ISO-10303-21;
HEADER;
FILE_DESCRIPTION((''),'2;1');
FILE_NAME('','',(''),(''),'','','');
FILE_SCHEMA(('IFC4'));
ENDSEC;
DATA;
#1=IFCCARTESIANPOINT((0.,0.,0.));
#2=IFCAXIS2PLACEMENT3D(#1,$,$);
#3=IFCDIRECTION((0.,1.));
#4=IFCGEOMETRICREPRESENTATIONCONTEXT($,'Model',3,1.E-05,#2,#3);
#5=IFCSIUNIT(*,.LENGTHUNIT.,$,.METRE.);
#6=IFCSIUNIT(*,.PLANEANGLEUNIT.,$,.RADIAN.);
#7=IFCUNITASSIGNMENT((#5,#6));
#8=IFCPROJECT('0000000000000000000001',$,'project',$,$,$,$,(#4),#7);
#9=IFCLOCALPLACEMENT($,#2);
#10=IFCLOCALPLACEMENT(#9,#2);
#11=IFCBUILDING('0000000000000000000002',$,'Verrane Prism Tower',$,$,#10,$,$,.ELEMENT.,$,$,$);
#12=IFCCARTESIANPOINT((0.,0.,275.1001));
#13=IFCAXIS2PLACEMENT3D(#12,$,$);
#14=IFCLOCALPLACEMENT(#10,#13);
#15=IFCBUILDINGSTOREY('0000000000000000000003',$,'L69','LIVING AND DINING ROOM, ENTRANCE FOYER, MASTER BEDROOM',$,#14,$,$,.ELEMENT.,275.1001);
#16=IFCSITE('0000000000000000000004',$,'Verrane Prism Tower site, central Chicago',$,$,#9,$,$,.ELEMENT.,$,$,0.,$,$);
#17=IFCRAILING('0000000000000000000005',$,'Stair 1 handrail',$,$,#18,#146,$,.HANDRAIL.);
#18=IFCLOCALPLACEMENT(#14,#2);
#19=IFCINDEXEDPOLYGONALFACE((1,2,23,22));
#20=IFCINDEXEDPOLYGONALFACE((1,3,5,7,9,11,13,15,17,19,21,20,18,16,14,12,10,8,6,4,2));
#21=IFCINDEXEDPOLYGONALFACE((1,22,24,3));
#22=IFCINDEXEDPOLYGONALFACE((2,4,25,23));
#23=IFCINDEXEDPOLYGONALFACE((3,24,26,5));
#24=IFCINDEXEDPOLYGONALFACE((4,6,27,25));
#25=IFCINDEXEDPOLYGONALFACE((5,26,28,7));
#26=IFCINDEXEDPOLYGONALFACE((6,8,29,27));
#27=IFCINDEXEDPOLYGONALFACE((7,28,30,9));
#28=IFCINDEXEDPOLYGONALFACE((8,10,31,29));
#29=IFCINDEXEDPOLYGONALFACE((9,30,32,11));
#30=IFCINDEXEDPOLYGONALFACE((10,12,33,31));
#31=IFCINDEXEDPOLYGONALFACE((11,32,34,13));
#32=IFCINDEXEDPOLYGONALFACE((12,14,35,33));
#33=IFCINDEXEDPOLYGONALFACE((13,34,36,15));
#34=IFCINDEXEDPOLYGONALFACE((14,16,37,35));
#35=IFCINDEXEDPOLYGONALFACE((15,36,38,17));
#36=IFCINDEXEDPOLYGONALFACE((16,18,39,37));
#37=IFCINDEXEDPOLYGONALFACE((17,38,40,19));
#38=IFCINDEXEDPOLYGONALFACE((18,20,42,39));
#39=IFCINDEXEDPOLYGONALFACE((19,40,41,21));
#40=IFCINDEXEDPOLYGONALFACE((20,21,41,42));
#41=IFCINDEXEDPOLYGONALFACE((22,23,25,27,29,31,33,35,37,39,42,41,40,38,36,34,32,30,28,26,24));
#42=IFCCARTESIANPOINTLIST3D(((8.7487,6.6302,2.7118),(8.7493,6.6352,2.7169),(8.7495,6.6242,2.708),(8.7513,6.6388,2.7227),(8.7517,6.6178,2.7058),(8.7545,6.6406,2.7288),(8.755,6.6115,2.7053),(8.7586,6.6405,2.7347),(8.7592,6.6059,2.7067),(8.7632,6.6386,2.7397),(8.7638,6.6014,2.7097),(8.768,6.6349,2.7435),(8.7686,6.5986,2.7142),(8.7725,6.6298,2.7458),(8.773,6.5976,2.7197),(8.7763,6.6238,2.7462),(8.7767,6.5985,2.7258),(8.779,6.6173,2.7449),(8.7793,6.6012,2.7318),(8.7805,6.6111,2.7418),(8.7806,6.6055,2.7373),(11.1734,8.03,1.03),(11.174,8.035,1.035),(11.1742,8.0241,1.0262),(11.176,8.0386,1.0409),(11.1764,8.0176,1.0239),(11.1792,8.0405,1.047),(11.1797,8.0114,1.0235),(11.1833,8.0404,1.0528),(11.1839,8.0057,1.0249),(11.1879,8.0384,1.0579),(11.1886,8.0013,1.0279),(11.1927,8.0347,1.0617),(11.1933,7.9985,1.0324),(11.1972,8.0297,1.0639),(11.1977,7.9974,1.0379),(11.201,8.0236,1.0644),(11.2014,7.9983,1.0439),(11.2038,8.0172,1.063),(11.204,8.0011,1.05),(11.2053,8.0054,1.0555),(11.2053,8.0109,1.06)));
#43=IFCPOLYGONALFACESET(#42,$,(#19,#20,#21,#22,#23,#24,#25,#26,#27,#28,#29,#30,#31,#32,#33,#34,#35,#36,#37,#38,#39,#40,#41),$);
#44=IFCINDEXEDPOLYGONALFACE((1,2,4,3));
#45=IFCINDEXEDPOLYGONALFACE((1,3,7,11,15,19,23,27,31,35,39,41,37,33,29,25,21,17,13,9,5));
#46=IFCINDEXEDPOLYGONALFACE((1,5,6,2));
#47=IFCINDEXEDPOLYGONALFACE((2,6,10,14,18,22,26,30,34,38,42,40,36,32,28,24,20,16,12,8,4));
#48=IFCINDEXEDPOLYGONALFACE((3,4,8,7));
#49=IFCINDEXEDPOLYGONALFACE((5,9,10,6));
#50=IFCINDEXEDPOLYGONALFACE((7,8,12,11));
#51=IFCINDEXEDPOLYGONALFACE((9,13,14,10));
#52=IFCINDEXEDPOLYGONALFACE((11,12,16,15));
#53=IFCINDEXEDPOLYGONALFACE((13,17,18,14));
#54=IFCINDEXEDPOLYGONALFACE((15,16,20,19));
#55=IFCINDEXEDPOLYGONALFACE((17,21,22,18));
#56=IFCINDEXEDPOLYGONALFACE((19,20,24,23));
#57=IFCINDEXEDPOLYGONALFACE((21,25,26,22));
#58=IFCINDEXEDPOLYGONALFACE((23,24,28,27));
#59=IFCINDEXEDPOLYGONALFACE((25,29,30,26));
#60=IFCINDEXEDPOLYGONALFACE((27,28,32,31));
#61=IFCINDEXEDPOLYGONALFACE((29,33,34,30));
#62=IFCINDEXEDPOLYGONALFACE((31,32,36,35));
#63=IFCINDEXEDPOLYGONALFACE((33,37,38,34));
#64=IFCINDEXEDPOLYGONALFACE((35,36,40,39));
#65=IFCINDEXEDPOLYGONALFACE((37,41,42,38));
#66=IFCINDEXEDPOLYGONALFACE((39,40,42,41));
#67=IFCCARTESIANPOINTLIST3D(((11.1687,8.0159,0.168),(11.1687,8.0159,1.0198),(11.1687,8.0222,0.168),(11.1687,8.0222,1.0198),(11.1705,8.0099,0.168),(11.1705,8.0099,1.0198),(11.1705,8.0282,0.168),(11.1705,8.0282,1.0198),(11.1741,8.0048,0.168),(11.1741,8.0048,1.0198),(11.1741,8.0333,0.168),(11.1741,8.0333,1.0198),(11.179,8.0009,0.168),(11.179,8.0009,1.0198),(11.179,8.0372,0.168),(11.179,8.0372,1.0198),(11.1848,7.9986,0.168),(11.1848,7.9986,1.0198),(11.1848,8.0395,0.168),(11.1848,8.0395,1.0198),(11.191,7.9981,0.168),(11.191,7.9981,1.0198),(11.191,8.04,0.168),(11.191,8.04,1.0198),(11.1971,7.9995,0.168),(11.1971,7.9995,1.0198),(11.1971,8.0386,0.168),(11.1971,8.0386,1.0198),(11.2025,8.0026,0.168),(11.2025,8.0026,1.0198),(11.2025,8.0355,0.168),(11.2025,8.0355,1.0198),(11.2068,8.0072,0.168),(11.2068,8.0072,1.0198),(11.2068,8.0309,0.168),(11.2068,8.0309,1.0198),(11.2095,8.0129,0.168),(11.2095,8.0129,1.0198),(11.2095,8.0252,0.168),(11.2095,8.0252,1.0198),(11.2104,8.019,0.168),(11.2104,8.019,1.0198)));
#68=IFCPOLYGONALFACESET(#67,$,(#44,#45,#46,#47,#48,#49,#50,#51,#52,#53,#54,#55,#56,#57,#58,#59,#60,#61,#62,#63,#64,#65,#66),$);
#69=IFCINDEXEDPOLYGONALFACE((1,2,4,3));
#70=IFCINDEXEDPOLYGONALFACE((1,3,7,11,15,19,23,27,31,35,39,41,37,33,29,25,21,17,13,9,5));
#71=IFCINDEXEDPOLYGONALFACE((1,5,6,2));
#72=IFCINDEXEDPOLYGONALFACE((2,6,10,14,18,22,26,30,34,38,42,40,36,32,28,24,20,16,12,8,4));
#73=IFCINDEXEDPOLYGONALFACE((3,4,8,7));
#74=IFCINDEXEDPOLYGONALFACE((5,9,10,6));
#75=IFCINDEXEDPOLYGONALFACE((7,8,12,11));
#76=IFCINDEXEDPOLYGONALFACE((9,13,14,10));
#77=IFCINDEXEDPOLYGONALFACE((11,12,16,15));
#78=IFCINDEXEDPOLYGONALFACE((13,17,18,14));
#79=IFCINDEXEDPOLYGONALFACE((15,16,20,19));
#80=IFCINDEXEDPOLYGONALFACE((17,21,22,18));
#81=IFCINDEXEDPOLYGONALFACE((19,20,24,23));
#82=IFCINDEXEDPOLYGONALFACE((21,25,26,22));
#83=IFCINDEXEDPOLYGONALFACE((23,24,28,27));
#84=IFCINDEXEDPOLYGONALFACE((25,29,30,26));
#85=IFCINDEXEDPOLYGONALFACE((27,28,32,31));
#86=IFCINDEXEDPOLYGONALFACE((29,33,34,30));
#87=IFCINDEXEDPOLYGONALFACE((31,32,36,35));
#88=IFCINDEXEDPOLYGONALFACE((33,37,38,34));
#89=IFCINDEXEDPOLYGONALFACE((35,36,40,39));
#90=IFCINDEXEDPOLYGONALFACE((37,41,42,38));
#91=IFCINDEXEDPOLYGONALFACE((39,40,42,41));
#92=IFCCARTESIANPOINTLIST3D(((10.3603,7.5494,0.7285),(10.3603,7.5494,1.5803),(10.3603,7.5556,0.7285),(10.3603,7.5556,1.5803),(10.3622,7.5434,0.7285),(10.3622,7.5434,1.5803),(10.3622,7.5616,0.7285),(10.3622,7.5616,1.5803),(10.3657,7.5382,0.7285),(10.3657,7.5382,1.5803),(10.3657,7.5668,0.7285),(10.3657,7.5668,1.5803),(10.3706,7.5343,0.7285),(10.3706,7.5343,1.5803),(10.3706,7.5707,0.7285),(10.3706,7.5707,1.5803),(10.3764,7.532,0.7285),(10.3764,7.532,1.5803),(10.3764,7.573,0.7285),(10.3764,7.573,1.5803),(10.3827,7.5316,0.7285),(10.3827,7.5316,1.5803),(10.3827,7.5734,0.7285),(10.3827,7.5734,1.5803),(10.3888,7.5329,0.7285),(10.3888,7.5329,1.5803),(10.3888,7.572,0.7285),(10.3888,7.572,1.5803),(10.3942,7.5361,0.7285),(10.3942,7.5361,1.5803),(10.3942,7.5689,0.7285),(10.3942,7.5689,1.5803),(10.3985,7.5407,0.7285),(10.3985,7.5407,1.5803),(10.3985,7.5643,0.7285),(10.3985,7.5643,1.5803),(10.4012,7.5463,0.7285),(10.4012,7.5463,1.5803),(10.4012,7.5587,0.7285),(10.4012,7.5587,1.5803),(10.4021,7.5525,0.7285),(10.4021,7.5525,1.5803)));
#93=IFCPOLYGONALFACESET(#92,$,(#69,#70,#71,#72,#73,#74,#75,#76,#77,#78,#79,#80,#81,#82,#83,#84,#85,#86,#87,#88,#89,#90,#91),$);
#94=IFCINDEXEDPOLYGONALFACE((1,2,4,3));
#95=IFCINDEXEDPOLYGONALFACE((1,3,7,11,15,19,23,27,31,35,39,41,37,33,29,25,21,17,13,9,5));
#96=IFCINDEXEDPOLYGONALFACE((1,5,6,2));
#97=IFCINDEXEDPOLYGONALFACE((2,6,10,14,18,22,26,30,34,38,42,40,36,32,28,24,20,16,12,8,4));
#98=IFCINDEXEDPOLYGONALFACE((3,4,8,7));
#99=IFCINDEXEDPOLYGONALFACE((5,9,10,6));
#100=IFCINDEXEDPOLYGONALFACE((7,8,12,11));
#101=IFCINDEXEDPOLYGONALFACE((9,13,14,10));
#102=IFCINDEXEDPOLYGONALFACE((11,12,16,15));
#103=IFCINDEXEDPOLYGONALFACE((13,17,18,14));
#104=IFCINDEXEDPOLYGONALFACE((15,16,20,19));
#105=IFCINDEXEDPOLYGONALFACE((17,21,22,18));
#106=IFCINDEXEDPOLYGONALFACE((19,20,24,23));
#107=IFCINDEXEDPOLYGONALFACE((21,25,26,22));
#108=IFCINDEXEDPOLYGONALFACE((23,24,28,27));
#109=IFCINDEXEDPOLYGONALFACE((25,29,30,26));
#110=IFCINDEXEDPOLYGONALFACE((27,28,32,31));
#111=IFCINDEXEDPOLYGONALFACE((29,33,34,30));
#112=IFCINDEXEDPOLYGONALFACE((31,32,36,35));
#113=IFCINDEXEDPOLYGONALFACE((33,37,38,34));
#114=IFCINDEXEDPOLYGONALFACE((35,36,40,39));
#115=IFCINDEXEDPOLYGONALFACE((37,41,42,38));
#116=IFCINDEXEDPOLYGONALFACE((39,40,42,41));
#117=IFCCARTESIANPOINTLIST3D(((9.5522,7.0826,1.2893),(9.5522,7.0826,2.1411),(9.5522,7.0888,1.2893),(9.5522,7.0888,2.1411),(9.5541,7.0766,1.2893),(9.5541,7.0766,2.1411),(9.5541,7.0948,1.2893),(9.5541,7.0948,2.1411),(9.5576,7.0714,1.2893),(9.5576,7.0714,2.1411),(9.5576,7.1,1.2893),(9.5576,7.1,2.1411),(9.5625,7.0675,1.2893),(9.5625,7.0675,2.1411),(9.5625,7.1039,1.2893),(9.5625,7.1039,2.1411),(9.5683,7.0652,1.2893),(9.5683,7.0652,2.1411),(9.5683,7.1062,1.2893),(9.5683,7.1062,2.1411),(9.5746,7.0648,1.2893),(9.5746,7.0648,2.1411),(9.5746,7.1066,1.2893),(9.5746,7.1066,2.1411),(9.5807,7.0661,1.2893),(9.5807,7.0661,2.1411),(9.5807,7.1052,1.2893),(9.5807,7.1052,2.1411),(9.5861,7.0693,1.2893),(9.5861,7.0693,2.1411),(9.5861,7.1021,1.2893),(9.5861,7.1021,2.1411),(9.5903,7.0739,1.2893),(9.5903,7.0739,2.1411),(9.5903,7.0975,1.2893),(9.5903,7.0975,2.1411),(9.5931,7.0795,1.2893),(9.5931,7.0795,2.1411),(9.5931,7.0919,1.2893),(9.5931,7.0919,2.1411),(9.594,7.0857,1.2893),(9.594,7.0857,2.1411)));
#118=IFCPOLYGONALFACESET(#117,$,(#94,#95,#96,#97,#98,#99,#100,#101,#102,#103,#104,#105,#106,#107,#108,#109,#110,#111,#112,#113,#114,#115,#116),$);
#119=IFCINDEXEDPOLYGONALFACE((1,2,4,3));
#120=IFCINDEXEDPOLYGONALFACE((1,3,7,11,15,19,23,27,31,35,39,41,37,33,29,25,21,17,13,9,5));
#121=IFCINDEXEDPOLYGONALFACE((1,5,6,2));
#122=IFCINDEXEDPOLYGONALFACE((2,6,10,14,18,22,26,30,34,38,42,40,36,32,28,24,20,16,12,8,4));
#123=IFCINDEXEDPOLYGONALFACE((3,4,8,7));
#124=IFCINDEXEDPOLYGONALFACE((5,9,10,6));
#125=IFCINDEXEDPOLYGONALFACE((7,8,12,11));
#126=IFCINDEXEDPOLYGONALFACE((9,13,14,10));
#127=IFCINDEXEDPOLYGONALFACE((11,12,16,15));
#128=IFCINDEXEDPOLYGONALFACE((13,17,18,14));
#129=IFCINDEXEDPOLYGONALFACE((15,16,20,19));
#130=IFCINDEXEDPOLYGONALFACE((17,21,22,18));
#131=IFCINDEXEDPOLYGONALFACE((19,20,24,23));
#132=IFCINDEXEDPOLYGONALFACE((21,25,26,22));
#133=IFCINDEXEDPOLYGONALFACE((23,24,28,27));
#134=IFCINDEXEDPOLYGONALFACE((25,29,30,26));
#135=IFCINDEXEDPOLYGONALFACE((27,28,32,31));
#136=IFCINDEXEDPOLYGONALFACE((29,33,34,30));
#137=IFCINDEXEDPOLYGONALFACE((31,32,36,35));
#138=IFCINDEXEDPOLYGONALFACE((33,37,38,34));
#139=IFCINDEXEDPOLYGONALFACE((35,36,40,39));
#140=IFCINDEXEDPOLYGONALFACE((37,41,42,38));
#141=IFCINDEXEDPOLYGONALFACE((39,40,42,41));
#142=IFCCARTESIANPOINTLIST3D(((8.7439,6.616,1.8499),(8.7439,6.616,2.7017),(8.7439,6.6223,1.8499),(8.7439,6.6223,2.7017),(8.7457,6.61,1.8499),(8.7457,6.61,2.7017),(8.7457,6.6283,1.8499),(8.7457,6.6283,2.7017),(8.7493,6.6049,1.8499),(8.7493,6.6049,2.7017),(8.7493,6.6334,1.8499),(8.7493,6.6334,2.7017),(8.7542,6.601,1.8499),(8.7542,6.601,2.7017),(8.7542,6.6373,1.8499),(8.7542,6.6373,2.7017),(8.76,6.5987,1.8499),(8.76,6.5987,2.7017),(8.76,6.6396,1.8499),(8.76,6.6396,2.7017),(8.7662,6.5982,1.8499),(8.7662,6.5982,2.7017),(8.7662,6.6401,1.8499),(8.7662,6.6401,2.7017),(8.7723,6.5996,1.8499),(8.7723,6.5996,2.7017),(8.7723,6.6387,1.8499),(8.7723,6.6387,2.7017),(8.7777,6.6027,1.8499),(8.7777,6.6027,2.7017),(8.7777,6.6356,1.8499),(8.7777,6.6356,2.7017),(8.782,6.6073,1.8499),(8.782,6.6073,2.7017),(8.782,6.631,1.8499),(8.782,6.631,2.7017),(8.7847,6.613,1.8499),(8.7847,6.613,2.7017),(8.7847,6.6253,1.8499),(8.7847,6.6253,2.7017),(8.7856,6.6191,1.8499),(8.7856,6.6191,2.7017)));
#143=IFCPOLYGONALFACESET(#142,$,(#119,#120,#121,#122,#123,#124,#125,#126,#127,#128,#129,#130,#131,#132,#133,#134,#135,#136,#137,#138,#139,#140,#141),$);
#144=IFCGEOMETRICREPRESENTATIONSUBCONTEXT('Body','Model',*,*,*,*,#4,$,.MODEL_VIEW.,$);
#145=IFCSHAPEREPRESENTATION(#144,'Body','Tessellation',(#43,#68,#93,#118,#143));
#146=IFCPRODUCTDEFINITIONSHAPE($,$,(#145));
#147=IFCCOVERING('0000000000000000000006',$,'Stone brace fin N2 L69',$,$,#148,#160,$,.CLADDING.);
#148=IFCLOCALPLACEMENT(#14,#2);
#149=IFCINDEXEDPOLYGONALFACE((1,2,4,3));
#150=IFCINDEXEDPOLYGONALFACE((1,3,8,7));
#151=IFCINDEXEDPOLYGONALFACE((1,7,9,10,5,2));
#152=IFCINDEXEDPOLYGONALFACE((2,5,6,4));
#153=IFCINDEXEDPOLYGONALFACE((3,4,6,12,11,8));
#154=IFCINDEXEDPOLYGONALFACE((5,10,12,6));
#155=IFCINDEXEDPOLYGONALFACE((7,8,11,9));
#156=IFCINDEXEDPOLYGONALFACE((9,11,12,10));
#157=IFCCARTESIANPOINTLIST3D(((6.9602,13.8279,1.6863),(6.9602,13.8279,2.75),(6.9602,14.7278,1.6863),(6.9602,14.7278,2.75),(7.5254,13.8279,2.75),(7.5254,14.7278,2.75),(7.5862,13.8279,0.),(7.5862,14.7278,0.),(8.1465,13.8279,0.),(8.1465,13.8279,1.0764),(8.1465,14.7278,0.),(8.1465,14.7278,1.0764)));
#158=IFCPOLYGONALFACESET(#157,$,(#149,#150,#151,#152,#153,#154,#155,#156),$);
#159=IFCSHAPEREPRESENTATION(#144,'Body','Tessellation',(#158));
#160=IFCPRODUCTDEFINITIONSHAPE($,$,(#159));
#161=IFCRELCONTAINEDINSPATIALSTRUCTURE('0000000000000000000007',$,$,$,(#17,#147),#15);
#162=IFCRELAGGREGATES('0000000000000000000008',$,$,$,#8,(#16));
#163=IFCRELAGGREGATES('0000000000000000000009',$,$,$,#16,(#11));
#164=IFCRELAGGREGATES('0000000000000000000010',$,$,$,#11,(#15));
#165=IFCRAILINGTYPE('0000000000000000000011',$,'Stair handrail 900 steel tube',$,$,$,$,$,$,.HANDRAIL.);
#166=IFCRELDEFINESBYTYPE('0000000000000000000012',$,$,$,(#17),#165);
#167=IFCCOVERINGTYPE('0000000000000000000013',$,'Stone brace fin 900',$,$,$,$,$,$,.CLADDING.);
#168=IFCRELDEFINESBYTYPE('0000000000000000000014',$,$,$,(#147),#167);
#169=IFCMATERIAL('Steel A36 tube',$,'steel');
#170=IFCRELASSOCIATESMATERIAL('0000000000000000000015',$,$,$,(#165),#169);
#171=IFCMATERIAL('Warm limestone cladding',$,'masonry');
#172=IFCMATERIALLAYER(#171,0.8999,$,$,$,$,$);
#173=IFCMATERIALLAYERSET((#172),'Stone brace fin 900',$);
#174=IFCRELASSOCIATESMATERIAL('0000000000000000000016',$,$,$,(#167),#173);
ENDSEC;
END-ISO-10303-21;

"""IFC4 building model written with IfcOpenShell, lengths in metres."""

from ifc_helpers import new_model, si_unit, direction, frame, origin, origin_2d, place, context, subcontext, project, spatial, polyline, circle, outline, extrude, material, layer, layer_set, type_object, element, save


model = new_model("IFC4")

# Units and contexts
model_context = context("Model", 3, precision=1e-05, world=origin(), true_north=direction((0.0, 1.0)))
body_context = subcontext(model_context, "Body", "Model", "MODEL_VIEW")
ifc_project = project(units=[si_unit("LENGTHUNIT", "METRE"), si_unit("PLANEANGLEUNIT", "RADIAN")], contexts=[model_context])

# Site, building, storey
site_placement = place(None, origin())
site = spatial("IfcSite", under=ifc_project, at=site_placement, Name="Verrane Prism Tower site, central Chicago", CompositionType="ELEMENT", RefElevation=0.0)
building_placement = place(site_placement, origin())
building = spatial("IfcBuilding", under=site, at=building_placement, Name="Verrane Prism Tower", CompositionType="ELEMENT")
storey_placement = place(building_placement, frame((0.0, 0.0, 275.1001)))
storey = spatial("IfcBuildingStorey", under=building, at=storey_placement, Name="L69", Description="LIVING AND DINING ROOM, ENTRANCE FOYER, MASTER BEDROOM", CompositionType="ELEMENT", Elevation=275.1001)

# Railing
ifc_material_1 = material(Name="Steel A36 tube", Category="steel")
railing_type_1 = type_object("IfcRailingType", Name="Stair handrail 900 steel tube", PredefinedType="HANDRAIL", material=ifc_material_1)
railing_1_placement = place(storey_placement, frame((11.1895, 8.019, 0.168)))
element("IfcRailing", 1, at=railing_1_placement, inside=storey, type_object=railing_type_1, Name="Stair 1 handrail", PredefinedType="HANDRAIL", context=body_context, shape_type="SweptSolid", body=[
    extrude(circle(Radius=0.0239, at=origin_2d()), frame((0.0, 0.0, 0.876), z_axis=(-0.74239, -0.428601, 0.514934), x_axis=(0.499984, -0.866035, 0.0)), (0.0, 0.0, 1.0), 3.2661),
    extrude(circle(Radius=0.021, at=origin_2d()), origin(), (0.0, 0.0, 1.0), 0.8518),
    extrude(circle(Radius=0.021, at=origin_2d()), frame((-0.8083, -0.4666, 0.5605)), (0.0, 0.0, 1.0), 0.8518),
    extrude(circle(Radius=0.021, at=origin_2d()), frame((-1.6165, -0.9333, 1.1213)), (0.0, 0.0, 1.0), 0.8518),
    extrude(circle(Radius=0.021, at=origin_2d()), frame((-2.4248, -1.3999, 1.6819)), (0.0, 0.0, 1.0), 0.8518),
])

# Covering
ifc_material_2 = material(Name="Warm limestone cladding", Category="masonry")
ifc_layer_1 = layer(ifc_material_2, 0.8999)
ifc_layer_set_1 = layer_set([ifc_layer_1], Name="Stone brace fin 900")
covering_type = type_object("IfcCoveringType", Name="Stone brace fin 900", PredefinedType="CLADDING", material=ifc_layer_set_1)
covering_placement = place(storey_placement, frame((8.1465, 14.2778, 0.0), z_axis=(0.0, 0.0, 1.0), x_axis=(-1.0, 0.0, 0.0)))
element("IfcCovering", 2, at=covering_placement, inside=storey, type_object=covering_type, Name="Stone brace fin N2 L69", PredefinedType="CLADDING", context=body_context, shape_type="SweptSolid", body=[
    extrude(outline(polyline([(1.1863, 2.75), (0.6211, 2.75), (0.0, 1.0764), (0.0, 0.0), (0.5603, 0.0), (1.1863, 1.6863), (1.1863, 2.75)])), frame((0.0, 0.45, 0.0), z_axis=(0.0, -1.0, 0.0), x_axis=(1.0, 0.0, 0.0)), (0.0, 0.0, 1.0), 0.8999),
])

save(model, "model.ifc")
